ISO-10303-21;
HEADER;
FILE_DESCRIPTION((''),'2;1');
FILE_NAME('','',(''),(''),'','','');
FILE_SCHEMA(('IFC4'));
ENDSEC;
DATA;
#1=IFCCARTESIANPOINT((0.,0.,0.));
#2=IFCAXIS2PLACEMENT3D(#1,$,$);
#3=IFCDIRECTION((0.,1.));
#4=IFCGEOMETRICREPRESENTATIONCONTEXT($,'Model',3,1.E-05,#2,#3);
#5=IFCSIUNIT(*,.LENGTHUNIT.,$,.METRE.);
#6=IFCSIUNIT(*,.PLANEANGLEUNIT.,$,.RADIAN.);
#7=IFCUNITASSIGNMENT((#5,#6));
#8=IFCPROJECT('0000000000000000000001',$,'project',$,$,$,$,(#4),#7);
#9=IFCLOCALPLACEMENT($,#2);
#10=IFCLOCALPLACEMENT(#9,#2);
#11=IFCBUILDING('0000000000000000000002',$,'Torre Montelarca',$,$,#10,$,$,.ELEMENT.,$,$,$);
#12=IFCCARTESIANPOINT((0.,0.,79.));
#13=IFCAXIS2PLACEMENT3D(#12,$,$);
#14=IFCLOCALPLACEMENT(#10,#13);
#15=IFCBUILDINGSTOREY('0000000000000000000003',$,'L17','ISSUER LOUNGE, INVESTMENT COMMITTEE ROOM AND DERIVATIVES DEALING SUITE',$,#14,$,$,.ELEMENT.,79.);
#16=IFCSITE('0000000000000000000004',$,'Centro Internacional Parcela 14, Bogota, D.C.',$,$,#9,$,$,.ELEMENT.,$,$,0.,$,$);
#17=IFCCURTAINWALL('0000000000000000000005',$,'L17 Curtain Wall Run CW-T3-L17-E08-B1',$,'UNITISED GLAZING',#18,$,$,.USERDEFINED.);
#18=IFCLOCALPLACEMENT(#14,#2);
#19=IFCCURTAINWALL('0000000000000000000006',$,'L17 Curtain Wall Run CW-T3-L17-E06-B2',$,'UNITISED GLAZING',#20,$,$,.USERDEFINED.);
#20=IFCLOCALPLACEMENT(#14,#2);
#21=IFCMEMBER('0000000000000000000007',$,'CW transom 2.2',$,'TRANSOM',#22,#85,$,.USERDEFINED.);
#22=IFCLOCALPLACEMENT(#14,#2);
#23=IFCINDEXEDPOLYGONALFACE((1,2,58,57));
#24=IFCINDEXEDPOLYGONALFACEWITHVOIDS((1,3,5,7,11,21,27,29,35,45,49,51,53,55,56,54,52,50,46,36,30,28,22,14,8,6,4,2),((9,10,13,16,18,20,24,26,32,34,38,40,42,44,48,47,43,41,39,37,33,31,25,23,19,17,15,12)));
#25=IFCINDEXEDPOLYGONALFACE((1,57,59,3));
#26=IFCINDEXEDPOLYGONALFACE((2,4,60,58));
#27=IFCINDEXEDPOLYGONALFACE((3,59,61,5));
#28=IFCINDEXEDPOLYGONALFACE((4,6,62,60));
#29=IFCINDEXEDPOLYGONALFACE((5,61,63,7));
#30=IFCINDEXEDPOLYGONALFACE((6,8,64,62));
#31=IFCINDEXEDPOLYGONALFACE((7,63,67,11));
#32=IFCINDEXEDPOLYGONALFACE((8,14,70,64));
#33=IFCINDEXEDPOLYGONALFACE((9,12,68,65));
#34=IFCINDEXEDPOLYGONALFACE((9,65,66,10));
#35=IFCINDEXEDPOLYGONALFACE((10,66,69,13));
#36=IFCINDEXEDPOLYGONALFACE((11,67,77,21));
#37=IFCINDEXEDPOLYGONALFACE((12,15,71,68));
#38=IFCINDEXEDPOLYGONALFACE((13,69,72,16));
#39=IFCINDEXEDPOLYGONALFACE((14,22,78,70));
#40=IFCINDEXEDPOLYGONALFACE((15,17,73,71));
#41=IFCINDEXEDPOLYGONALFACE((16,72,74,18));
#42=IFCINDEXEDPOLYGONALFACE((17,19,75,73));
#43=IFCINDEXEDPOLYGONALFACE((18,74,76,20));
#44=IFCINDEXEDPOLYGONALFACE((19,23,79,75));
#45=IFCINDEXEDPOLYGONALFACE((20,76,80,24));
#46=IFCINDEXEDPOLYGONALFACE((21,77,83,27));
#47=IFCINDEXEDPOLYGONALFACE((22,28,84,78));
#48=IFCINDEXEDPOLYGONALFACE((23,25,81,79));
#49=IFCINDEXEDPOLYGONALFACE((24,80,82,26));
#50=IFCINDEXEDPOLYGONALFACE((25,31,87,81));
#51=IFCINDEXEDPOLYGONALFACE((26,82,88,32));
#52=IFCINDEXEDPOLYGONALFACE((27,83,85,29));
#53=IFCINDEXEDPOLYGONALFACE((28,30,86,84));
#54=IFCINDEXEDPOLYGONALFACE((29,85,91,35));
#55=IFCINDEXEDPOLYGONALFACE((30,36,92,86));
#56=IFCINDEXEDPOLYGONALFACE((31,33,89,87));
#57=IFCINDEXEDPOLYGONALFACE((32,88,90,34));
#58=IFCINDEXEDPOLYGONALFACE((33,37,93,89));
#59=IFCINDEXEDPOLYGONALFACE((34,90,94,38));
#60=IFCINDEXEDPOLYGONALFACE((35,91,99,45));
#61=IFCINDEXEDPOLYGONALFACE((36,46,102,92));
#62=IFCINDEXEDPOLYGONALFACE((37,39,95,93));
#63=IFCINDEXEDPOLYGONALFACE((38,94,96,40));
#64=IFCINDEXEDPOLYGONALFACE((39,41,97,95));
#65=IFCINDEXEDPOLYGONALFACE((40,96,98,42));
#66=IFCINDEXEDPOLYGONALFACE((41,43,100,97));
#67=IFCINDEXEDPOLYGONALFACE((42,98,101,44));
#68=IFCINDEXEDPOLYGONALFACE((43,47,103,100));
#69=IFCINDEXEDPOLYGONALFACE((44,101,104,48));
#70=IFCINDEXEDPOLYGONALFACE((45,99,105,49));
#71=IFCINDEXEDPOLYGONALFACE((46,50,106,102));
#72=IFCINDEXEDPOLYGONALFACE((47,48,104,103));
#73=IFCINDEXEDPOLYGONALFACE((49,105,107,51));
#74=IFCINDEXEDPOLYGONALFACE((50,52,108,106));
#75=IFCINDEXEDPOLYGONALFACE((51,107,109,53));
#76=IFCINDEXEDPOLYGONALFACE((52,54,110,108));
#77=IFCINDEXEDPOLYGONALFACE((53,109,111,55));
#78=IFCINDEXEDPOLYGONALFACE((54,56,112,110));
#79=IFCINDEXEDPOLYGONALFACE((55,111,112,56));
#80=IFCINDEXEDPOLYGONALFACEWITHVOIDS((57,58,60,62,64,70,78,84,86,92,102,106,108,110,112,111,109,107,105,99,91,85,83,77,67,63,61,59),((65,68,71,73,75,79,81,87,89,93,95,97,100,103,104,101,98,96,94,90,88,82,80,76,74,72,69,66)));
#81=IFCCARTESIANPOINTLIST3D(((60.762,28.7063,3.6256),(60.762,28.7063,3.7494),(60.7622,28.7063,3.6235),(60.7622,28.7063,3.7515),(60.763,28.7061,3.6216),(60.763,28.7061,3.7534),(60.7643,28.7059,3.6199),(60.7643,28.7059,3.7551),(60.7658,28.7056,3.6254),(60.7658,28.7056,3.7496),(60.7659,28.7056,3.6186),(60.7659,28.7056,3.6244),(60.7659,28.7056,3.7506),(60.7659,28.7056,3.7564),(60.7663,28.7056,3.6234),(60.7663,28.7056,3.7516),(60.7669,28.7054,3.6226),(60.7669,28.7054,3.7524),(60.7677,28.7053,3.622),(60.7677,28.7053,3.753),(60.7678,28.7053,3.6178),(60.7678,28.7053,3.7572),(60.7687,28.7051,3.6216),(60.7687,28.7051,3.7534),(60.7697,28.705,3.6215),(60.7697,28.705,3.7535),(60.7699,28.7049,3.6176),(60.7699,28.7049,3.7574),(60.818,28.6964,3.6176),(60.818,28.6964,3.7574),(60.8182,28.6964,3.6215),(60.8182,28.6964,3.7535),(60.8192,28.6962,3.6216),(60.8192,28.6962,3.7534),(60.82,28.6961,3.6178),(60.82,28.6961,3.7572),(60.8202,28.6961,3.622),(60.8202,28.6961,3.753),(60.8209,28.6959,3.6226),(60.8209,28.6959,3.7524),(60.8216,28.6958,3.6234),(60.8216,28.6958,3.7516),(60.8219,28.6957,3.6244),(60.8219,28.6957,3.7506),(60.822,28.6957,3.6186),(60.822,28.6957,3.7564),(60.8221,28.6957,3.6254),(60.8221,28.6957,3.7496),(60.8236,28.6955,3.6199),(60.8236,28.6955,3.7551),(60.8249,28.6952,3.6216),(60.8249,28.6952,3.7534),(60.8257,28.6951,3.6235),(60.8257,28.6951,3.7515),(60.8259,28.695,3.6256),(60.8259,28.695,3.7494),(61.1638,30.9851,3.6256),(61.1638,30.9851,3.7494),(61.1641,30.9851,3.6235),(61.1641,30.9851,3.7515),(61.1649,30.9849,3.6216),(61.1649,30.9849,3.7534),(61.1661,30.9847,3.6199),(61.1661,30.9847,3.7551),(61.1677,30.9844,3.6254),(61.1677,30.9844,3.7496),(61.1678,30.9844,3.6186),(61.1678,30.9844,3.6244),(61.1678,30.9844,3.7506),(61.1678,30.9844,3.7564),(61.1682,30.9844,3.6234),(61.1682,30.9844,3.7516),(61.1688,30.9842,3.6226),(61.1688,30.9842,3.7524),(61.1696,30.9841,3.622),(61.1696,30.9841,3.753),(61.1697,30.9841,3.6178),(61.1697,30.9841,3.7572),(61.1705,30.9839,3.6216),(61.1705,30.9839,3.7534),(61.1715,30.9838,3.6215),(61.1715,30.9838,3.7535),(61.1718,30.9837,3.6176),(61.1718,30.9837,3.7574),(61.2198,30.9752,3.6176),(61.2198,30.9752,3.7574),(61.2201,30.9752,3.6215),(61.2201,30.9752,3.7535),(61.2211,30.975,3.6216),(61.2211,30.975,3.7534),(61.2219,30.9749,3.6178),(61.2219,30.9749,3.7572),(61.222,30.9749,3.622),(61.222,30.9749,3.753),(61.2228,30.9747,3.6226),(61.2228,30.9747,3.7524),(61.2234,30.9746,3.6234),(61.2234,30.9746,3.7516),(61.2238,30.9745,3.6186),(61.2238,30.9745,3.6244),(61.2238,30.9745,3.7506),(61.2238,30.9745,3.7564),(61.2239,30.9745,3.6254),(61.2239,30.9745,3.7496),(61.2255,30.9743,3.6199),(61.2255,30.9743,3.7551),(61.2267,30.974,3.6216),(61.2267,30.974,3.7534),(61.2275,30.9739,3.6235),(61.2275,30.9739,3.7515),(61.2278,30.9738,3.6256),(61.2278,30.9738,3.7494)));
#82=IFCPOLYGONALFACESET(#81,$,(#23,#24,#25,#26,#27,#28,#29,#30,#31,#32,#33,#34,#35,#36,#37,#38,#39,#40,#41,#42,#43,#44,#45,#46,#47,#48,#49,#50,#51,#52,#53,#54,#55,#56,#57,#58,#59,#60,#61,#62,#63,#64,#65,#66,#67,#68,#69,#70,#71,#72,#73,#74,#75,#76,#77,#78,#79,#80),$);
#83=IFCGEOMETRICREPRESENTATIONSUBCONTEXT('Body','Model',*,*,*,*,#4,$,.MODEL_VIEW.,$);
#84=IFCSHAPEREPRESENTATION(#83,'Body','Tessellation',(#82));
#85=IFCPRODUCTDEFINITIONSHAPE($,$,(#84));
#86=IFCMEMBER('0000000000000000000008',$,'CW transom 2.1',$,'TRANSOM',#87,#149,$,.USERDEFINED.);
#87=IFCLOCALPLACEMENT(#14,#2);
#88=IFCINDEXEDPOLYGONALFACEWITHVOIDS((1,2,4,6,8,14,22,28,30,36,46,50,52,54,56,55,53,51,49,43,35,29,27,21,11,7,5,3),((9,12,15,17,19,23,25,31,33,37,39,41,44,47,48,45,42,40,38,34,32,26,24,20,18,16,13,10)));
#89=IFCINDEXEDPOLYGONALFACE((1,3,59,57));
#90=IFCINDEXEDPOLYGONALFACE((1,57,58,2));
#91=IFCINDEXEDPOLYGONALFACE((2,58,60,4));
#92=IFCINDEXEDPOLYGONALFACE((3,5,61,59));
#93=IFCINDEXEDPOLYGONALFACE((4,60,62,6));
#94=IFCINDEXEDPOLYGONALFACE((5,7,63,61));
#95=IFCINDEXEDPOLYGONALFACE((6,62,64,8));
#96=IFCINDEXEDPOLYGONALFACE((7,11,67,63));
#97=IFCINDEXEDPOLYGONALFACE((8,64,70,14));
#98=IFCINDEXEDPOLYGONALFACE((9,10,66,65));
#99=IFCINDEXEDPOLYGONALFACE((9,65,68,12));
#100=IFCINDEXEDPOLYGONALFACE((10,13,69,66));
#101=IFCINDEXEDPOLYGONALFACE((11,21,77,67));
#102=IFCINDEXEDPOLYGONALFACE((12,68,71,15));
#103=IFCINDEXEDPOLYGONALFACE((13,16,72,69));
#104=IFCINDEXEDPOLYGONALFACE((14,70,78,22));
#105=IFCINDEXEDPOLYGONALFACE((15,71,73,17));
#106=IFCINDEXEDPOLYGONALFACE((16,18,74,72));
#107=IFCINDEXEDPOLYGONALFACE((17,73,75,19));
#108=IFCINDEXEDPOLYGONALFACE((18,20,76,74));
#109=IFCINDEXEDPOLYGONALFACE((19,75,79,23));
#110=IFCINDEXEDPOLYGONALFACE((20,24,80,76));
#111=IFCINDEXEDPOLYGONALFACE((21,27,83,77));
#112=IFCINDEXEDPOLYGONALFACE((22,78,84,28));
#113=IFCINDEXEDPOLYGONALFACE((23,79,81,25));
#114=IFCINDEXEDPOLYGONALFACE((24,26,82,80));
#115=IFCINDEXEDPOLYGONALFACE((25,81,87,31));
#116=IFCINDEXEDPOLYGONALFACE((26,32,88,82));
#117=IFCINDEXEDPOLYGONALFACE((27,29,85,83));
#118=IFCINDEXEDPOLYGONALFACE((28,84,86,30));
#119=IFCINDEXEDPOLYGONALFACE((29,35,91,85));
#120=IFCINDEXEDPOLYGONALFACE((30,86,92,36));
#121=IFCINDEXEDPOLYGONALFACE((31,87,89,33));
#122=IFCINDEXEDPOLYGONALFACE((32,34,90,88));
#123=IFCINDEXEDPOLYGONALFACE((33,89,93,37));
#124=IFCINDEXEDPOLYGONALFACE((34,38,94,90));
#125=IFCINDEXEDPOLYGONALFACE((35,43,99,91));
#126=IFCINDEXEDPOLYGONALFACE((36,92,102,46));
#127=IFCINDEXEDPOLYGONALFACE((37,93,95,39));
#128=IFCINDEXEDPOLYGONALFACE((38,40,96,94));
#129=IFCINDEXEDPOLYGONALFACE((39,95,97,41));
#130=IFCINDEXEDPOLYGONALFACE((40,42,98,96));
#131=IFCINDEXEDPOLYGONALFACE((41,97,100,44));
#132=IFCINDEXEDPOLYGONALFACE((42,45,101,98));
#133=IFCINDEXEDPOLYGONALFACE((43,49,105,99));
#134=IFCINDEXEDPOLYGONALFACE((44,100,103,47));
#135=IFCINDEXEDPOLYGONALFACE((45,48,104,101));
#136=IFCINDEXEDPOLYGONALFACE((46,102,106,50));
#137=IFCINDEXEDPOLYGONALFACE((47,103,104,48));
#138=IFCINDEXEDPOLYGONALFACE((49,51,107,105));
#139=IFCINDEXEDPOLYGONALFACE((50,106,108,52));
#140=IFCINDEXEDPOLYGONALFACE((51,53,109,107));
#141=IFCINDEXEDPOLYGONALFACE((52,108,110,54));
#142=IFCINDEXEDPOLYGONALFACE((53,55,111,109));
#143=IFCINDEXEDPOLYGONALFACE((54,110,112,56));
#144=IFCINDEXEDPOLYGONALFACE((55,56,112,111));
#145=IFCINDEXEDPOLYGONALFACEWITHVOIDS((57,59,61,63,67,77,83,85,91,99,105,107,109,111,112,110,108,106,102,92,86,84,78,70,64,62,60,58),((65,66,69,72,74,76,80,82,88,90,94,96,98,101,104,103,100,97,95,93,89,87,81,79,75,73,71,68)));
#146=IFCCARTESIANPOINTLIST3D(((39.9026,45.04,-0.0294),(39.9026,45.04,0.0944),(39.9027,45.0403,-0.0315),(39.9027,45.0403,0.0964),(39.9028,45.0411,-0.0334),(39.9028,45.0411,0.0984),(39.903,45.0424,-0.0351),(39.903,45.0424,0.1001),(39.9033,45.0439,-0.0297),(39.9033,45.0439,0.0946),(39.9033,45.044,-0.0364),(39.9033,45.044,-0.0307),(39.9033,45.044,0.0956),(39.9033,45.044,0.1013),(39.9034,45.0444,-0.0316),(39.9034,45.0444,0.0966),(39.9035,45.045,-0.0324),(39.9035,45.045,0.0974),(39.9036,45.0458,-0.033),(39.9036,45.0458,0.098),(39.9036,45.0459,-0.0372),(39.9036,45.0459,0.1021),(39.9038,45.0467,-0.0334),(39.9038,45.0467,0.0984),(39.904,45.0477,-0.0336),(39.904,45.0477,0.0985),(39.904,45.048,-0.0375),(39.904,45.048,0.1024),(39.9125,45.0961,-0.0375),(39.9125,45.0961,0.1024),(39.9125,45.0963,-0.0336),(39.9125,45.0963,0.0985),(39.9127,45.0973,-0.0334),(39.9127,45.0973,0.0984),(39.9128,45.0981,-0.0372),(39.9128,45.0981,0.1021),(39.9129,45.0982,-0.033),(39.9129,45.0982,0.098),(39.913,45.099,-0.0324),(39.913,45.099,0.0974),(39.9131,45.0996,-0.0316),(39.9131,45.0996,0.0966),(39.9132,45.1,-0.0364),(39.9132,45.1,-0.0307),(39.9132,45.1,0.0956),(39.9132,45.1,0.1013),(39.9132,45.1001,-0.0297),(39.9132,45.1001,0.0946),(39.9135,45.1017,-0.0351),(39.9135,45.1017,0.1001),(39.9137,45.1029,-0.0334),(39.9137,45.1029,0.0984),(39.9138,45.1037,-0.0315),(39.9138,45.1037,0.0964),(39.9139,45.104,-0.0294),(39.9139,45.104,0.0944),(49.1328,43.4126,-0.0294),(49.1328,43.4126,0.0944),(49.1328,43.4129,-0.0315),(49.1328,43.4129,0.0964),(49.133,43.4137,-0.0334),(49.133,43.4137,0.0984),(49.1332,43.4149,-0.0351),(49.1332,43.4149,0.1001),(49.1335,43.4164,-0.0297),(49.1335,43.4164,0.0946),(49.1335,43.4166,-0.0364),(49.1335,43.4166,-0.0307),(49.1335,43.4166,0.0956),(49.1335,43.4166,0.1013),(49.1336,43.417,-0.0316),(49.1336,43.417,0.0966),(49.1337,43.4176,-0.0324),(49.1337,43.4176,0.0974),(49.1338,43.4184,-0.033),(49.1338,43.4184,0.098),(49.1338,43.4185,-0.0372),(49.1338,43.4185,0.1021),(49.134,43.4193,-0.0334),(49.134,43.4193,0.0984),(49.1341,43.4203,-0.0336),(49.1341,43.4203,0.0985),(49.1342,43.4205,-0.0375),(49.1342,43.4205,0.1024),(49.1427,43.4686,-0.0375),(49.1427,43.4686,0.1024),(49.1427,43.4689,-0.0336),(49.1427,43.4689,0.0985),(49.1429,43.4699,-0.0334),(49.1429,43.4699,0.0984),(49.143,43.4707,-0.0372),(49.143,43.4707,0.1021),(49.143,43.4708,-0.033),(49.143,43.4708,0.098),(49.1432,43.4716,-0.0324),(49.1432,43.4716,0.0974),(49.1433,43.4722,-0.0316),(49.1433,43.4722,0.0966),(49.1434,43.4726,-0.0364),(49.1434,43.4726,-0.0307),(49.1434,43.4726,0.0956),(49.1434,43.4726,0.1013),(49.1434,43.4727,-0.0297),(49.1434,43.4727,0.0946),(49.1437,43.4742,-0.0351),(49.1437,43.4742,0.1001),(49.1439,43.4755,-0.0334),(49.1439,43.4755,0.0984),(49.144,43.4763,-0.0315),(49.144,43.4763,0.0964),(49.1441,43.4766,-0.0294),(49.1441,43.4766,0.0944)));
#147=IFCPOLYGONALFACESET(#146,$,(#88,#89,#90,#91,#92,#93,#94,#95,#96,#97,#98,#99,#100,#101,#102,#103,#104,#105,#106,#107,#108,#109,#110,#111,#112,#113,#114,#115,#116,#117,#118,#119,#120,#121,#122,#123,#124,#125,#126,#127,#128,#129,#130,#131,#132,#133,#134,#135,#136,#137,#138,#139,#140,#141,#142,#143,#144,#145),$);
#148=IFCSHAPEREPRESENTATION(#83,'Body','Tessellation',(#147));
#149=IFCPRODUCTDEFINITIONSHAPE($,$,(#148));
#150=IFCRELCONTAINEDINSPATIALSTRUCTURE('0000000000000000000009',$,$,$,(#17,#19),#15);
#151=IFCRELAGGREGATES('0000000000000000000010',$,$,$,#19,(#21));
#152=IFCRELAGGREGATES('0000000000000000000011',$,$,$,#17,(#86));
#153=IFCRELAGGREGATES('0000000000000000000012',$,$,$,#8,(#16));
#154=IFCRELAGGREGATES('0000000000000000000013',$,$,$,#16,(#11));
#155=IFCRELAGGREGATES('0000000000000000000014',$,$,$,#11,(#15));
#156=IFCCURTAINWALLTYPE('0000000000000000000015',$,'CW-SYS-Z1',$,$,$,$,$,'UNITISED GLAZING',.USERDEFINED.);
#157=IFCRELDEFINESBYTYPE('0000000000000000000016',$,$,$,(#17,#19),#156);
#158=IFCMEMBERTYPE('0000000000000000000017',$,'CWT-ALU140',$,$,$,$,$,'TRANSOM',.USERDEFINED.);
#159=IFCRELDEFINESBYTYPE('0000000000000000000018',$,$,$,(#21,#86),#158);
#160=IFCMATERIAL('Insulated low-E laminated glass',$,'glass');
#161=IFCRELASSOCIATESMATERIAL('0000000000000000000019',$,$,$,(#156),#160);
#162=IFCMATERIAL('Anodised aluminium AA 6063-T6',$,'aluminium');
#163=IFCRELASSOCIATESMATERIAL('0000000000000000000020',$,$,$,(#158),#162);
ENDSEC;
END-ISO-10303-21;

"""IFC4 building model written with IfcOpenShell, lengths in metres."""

from ifc_helpers import new_model, si_unit, direction, frame, origin, origin_2d, place, context, subcontext, project, spatial, hollow_rectangle, extrude, source, transform, mapped, material, material_profile, profile_set, type_object, element, aggregate, save


model = new_model("IFC4")

# Units and contexts
model_context = context("Model", 3, precision=1e-05, world=origin(), true_north=direction((0.0, 1.0)))
body_context = subcontext(model_context, "Body", "Model", "MODEL_VIEW")
ifc_project = project(units=[si_unit("LENGTHUNIT", "METRE"), si_unit("PLANEANGLEUNIT", "RADIAN")], contexts=[model_context])

# Site, building, storey
site_placement = place(None, origin())
site = spatial("IfcSite", under=ifc_project, at=site_placement, Name="Centro Internacional Parcela 14, Bogota, D.C.", CompositionType="ELEMENT", RefElevation=0.0)
building_placement = place(site_placement, origin())
building = spatial("IfcBuilding", under=site, at=building_placement, Name="Torre Montelarca", CompositionType="ELEMENT")
storey_placement = place(building_placement, frame((0.0, 0.0, 79.0)))
storey = spatial("IfcBuildingStorey", under=building, at=storey_placement, Name="L17", Description="ISSUER LOUNGE, INVESTMENT COMMITTEE ROOM AND DERIVATIVES DEALING SUITE", CompositionType="ELEMENT", Elevation=79.0)

# Curtain walls
ifc_material_1 = material(Name="Insulated low-E laminated glass", Category="glass")
curtain_wall_type = type_object("IfcCurtainWallType", Name="CW-SYS-Z1", ElementType="UNITISED GLAZING", PredefinedType="USERDEFINED", material=ifc_material_1)
ifc_material_2 = material(Name="Anodised aluminium AA 6063-T6", Category="aluminium")
ifc_material_profile_1 = material_profile(ifc_material_2, hollow_rectangle(XDim=0.0649, YDim=0.1399, WallThickness=0.0039, InnerFilletRadius=0.0039, OuterFilletRadius=0.0081, at=origin_2d()), Name="ALU65X140X4", Category="aluminium")
ifc_profile_set_1 = profile_set([ifc_material_profile_1], Name="Anodised aluminium AA 6063-T6")
member_type_1 = type_object("IfcMemberType", Name="CWT-ALU140", ElementType="TRANSOM", PredefinedType="USERDEFINED", material=ifc_profile_set_1)
curtain_wall_1_placement = place(storey_placement, origin())
curtain_wall_1 = element("IfcCurtainWall", 1, at=curtain_wall_1_placement, inside=storey, type_object=curtain_wall_type, Name="L17 Curtain Wall Run CW-T3-L17-E08-B1", ObjectType="UNITISED GLAZING", PredefinedType="USERDEFINED")
curtain_wall_2_placement = place(storey_placement, origin())
curtain_wall_2 = element("IfcCurtainWall", 2, at=curtain_wall_2_placement, inside=storey, type_object=curtain_wall_type, Name="L17 Curtain Wall Run CW-T3-L17-E06-B2", ObjectType="UNITISED GLAZING", PredefinedType="USERDEFINED")

# Members
shared_shape_1 = source(origin(), body_context, "Body", "SweptSolid", [
    extrude(hollow_rectangle(XDim=0.0649, YDim=0.1399, WallThickness=0.0039, InnerFilletRadius=0.0039, OuterFilletRadius=0.0081, at=origin_2d()), origin(), (0.0, 0.0, 1.0), 2.314),
])
member_1_placement = place(storey_placement, frame((60.7939, 28.7007, 3.6875), z_axis=(0.173665, 0.984805, 0.0), x_axis=(-0.984805, 0.173665, 0.0)))
member_1 = element("IfcMember", 3, at=member_1_placement, type_object=member_type_1, Name="CW transom 2.2", ObjectType="TRANSOM", PredefinedType="USERDEFINED", context=body_context, shape_type="MappedRepresentation", body=[
    mapped(shared_shape_1, transform((0.0, 0.0, 0.0), scale=1.0)),
])
shared_shape_2 = source(origin(), body_context, "Body", "SweptSolid", [
    extrude(hollow_rectangle(XDim=0.0649, YDim=0.1399, WallThickness=0.0039, InnerFilletRadius=0.0039, OuterFilletRadius=0.0081, at=origin_2d()), origin(), (0.0, 0.0, 1.0), 9.3726),
])
member_2_placement = place(storey_placement, frame((49.1384, 43.4446, 0.0325), z_axis=(-0.98481, 0.173638, 0.0), x_axis=(-0.173638, -0.98481, 0.0)))
member_2 = element("IfcMember", 4, at=member_2_placement, type_object=member_type_1, Name="CW transom 2.1", ObjectType="TRANSOM", PredefinedType="USERDEFINED", context=body_context, shape_type="MappedRepresentation", body=[
    mapped(shared_shape_2, transform((0.0, 0.0, 0.0), scale=1.0)),
])

aggregate(curtain_wall_2, [member_1])
aggregate(curtain_wall_1, [member_2])

save(model, "model.ifc")
